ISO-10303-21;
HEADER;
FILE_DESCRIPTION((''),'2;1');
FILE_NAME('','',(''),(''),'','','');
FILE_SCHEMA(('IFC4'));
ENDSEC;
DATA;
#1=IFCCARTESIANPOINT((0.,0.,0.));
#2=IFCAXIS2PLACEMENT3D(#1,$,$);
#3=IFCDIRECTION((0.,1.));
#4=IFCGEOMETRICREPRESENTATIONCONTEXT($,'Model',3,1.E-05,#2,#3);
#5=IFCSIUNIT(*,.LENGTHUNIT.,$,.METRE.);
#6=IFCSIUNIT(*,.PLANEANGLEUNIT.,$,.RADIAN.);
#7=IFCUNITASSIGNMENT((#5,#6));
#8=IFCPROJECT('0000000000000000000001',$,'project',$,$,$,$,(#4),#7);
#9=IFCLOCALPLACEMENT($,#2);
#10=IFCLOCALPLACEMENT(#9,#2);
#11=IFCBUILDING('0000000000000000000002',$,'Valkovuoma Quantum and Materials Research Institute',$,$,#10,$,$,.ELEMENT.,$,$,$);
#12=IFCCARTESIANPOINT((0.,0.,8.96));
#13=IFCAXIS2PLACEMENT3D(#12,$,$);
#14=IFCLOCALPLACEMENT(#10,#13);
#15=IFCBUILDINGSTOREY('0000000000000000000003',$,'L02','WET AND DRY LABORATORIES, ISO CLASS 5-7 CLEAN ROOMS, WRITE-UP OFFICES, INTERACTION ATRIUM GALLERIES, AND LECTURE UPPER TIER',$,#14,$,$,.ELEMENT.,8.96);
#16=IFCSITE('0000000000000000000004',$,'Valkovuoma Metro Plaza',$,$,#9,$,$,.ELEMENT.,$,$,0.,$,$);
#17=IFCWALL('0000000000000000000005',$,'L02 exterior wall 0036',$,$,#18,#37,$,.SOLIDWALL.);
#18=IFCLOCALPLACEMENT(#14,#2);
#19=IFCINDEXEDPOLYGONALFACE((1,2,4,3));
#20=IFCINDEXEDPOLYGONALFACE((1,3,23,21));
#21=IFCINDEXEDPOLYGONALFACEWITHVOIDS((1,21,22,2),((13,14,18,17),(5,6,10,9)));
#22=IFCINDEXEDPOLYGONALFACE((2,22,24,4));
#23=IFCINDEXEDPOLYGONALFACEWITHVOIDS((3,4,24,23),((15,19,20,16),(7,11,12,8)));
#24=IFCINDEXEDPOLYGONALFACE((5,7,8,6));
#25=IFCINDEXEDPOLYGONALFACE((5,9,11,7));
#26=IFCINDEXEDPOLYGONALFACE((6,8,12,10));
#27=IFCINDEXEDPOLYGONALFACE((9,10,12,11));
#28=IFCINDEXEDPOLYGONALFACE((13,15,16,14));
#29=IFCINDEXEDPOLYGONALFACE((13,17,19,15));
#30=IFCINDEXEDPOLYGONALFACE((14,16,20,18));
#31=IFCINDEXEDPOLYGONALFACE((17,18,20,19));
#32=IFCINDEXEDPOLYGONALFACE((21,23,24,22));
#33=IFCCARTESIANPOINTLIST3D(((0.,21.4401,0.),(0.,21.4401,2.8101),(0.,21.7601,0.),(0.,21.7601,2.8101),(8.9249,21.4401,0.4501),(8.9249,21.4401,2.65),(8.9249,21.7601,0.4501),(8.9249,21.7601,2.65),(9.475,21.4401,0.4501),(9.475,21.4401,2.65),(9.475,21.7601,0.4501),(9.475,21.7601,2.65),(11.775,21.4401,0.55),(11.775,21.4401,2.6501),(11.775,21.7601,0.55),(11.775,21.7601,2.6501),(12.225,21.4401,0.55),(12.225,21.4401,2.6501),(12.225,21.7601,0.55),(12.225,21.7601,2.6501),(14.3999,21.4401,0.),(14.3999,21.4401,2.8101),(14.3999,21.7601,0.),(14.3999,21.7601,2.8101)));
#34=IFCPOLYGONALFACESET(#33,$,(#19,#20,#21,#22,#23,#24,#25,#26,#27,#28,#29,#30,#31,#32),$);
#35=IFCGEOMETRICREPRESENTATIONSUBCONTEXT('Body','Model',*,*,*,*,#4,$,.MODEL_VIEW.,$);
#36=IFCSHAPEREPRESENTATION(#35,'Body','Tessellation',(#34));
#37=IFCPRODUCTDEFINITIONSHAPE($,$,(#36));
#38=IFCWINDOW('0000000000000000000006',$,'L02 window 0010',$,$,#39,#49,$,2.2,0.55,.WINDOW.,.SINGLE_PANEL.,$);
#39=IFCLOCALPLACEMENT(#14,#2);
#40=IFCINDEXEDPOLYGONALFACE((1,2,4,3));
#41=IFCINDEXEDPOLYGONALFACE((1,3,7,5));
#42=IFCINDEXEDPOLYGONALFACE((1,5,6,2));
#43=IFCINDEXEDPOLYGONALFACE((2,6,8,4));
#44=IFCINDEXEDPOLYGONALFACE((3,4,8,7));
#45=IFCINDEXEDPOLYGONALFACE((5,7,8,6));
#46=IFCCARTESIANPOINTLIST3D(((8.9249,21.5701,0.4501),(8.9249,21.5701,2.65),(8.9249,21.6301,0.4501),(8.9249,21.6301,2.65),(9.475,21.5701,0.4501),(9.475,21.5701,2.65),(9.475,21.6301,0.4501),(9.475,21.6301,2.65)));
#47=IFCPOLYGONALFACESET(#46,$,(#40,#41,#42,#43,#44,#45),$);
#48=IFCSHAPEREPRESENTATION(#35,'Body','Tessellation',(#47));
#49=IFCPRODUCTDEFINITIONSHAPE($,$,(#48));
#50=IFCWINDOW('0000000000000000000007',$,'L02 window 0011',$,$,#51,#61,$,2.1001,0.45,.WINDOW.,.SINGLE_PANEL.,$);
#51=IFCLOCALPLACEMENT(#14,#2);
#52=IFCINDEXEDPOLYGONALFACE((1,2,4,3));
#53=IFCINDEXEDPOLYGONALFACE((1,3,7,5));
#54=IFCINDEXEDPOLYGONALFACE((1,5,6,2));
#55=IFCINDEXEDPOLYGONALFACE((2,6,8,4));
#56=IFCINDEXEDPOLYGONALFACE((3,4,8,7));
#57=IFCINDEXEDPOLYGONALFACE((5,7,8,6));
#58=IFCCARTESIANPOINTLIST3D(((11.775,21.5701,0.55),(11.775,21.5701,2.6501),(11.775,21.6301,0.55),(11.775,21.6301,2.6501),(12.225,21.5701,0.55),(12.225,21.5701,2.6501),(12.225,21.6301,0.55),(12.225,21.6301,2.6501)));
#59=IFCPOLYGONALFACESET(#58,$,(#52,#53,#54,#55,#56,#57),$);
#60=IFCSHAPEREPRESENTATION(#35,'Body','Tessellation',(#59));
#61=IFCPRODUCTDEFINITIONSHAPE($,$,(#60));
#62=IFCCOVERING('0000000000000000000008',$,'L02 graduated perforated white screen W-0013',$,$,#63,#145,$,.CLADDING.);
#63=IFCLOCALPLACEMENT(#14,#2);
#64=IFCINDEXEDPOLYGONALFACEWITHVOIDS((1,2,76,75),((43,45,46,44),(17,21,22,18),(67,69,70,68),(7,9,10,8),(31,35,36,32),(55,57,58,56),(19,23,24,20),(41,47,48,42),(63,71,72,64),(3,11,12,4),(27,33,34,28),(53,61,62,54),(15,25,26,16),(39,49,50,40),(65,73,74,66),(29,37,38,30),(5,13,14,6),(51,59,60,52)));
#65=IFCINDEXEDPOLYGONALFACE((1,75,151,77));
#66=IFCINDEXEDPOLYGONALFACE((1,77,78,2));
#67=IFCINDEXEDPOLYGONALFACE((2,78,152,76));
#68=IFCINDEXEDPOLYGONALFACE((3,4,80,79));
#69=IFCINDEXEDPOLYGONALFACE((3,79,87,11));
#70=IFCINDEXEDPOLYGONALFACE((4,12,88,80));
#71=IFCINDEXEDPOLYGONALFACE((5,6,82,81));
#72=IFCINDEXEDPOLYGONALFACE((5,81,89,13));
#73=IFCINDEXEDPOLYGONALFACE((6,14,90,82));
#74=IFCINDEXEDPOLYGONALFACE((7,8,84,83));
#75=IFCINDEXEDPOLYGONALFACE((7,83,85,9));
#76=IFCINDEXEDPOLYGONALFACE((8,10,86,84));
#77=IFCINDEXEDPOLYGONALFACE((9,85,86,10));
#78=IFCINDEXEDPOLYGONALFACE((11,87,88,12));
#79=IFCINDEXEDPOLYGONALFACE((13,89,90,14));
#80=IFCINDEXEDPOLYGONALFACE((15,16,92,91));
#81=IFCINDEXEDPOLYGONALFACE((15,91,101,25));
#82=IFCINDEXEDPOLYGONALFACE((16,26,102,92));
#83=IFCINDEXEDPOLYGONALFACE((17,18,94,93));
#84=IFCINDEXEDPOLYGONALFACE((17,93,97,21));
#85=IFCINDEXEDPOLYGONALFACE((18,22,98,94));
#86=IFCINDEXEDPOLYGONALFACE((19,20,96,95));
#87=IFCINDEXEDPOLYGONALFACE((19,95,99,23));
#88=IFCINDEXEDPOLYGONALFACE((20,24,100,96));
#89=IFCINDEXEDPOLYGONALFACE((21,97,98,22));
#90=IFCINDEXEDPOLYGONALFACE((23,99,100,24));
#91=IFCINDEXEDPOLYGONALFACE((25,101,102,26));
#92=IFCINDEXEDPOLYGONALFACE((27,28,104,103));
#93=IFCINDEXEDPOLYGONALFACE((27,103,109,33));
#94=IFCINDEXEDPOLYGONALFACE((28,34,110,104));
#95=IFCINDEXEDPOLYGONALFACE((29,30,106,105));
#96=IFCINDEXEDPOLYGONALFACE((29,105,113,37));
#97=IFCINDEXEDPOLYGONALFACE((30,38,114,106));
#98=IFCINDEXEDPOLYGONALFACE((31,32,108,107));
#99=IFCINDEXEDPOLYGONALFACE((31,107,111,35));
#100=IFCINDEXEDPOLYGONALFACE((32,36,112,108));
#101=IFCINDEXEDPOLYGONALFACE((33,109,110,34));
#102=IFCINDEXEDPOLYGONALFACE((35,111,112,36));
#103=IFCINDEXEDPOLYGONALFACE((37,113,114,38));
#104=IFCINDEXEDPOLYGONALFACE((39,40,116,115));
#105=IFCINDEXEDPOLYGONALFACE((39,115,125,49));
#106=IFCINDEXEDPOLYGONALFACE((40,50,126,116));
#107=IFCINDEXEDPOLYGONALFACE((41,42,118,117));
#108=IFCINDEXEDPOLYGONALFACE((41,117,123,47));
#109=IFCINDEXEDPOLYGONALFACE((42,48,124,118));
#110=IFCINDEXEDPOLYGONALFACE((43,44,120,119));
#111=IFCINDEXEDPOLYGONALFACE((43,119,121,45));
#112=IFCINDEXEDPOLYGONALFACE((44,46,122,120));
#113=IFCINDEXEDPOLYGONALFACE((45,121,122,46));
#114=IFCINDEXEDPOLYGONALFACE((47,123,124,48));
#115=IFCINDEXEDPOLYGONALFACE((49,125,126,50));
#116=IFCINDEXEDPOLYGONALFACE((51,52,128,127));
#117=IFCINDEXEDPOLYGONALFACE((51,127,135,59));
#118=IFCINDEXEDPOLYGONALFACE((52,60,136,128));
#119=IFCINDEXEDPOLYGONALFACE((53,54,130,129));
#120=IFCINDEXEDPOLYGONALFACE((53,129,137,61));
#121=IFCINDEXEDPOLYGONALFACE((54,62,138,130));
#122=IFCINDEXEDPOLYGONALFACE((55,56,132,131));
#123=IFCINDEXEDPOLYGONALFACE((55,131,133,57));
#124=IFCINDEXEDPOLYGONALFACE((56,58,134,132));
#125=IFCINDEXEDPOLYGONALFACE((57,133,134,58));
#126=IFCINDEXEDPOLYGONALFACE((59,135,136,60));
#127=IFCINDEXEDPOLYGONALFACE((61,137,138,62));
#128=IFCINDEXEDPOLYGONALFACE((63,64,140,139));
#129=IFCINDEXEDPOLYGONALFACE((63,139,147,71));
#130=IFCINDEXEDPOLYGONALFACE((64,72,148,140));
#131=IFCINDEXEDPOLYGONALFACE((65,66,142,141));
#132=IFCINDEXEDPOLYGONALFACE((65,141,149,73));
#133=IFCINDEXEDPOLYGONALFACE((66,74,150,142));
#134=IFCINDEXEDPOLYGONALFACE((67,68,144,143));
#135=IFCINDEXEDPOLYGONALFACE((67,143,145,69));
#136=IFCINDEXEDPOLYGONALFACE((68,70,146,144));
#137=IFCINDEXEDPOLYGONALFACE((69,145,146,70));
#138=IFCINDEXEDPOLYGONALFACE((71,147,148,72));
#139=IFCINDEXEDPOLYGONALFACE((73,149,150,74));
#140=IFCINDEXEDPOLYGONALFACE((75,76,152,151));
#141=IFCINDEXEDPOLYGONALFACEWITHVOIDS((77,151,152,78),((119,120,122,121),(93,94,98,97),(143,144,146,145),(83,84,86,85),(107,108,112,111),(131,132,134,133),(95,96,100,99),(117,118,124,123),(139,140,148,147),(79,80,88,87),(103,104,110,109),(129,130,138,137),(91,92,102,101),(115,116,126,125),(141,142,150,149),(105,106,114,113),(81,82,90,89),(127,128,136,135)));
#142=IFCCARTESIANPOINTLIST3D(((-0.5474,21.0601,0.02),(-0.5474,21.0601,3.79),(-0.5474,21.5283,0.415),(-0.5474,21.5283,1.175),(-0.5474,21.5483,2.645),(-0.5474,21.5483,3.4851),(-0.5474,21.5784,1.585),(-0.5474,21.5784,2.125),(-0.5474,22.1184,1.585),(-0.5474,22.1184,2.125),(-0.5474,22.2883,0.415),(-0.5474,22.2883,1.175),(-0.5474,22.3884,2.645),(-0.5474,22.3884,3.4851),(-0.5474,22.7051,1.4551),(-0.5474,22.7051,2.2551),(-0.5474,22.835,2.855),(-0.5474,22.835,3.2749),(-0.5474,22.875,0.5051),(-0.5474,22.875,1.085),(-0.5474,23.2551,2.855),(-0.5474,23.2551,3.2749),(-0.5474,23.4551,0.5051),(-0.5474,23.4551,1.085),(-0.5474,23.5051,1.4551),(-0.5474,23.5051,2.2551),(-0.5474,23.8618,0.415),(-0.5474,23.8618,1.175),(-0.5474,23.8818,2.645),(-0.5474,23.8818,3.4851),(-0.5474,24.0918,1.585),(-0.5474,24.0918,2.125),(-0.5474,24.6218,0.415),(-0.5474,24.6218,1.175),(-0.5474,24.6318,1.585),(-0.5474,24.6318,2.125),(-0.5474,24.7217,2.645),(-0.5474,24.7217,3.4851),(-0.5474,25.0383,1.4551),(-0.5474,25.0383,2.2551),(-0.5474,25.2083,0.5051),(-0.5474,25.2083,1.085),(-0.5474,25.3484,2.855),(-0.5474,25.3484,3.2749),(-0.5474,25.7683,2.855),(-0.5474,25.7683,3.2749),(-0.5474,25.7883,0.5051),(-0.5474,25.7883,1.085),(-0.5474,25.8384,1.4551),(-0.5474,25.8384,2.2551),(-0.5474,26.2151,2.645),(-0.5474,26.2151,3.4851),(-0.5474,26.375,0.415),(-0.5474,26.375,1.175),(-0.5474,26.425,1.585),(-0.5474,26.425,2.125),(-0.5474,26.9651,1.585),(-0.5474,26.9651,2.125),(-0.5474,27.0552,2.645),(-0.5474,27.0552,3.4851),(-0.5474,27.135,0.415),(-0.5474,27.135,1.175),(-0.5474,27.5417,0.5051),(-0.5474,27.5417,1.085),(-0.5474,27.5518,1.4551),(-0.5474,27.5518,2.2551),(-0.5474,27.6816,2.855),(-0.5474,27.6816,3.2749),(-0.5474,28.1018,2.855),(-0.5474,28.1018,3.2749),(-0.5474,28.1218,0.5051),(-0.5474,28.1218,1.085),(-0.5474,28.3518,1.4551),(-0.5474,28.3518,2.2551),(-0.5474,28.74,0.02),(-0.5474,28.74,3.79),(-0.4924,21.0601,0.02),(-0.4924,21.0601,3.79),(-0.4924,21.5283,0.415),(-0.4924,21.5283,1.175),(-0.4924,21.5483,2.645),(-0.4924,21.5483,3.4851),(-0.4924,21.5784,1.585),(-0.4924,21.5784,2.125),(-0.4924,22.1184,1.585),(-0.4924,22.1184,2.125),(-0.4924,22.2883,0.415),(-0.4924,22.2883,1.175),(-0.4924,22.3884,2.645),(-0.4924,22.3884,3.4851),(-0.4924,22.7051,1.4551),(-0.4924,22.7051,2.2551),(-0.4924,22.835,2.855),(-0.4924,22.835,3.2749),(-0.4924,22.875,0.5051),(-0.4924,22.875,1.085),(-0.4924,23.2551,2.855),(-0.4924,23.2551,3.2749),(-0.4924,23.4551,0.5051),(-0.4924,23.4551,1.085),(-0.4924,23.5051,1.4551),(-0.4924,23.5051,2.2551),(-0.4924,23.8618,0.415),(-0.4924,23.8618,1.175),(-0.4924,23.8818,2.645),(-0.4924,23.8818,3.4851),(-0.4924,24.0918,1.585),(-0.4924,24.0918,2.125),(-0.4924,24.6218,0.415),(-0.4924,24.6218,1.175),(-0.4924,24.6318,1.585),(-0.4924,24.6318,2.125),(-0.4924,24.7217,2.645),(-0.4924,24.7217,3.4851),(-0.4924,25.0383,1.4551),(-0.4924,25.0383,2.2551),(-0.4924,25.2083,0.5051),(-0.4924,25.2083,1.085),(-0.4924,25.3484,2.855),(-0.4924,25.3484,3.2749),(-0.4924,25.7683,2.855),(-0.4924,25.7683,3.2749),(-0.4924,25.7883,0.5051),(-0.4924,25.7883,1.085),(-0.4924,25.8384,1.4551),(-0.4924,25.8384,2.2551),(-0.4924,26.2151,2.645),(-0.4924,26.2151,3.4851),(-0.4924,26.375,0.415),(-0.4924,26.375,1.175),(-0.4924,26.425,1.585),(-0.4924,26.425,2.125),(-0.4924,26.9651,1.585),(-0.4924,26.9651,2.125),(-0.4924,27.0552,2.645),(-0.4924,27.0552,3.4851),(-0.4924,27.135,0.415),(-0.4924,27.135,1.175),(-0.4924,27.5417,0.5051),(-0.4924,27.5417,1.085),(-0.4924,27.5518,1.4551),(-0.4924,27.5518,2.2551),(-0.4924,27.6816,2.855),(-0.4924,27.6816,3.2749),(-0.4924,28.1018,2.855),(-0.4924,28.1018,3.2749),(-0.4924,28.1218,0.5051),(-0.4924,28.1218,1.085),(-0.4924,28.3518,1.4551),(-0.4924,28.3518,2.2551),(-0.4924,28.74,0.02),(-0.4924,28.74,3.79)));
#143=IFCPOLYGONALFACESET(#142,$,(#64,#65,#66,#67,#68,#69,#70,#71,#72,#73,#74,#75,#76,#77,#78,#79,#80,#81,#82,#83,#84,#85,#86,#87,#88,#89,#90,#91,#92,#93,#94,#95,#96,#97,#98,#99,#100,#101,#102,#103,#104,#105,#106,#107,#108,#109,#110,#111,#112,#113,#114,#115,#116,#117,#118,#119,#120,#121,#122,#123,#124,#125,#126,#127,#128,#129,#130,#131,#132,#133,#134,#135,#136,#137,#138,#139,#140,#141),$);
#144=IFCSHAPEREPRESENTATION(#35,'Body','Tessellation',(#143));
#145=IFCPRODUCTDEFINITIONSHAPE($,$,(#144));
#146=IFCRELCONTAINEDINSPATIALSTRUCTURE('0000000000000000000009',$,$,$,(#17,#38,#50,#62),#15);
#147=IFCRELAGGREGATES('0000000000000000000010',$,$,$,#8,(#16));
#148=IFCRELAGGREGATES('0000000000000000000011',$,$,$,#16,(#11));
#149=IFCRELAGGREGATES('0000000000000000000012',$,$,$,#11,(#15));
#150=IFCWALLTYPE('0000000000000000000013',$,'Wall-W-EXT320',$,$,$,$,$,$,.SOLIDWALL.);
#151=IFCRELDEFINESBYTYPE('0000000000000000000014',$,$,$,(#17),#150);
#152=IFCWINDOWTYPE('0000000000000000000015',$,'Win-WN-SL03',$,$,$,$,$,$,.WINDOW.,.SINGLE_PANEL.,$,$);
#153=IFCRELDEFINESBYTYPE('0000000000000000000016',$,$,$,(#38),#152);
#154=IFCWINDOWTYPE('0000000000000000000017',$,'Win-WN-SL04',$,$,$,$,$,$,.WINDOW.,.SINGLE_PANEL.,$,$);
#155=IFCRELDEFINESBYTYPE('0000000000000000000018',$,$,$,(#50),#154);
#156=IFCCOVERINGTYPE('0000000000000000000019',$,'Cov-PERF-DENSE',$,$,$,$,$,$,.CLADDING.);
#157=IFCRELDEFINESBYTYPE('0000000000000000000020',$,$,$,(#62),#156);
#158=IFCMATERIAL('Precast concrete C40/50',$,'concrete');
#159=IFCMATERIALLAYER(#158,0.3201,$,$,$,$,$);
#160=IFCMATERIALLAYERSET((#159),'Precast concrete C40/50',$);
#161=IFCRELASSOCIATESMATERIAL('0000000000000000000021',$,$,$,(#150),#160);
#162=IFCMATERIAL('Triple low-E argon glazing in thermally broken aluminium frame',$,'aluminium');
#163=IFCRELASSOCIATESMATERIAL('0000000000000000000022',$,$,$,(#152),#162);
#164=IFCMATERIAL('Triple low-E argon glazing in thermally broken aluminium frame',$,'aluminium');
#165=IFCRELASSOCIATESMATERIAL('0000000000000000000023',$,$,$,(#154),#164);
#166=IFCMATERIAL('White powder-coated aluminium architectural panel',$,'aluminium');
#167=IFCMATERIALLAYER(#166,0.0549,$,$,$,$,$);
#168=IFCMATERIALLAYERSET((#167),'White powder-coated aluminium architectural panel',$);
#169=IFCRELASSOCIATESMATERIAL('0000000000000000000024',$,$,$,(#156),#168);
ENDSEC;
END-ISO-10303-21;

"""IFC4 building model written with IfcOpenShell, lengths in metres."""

from ifc_helpers import new_model, si_unit, direction, frame, frame_2d, origin, place, context, subcontext, project, spatial, polyline, rectangle, outline, extrude, material, layer, layer_set, type_object, element, fill, save


model = new_model("IFC4")

# Units and contexts
model_context = context("Model", 3, precision=1e-05, world=origin(), true_north=direction((0.0, 1.0)))
body_context = subcontext(model_context, "Body", "Model", "MODEL_VIEW")
ifc_project = project(units=[si_unit("LENGTHUNIT", "METRE"), si_unit("PLANEANGLEUNIT", "RADIAN")], contexts=[model_context])

# Site, building, storey
site_placement = place(None, origin())
site = spatial("IfcSite", under=ifc_project, at=site_placement, Name="Valkovuoma Metro Plaza", CompositionType="ELEMENT", RefElevation=0.0)
building_placement = place(site_placement, origin())
building = spatial("IfcBuilding", under=site, at=building_placement, Name="Valkovuoma Quantum and Materials Research Institute", CompositionType="ELEMENT")
storey_placement = place(building_placement, frame((0.0, 0.0, 8.96)))
storey = spatial("IfcBuildingStorey", under=building, at=storey_placement, Name="L02", Description="WET AND DRY LABORATORIES, ISO CLASS 5-7 CLEAN ROOMS, WRITE-UP OFFICES, INTERACTION ATRIUM GALLERIES, AND LECTURE UPPER TIER", CompositionType="ELEMENT", Elevation=8.96)

# Wall, openings, windows
ifc_material_1 = material(Name="Precast concrete C40/50", Category="concrete")
ifc_layer_1 = layer(ifc_material_1, 0.3201)
ifc_layer_set_1 = layer_set([ifc_layer_1], Name="Precast concrete C40/50")
wall_type = type_object("IfcWallType", Name="Wall-W-EXT320", PredefinedType="SOLIDWALL", material=ifc_layer_set_1)
wall_placement = place(storey_placement, frame((0.0, 21.6001, 0.0), z_axis=(0.0, 0.0, 1.0), x_axis=(1.0, 0.0, 0.0)))
wall = element("IfcWall", 1, at=wall_placement, inside=storey, type_object=wall_type, Name="L02 exterior wall 0036", PredefinedType="SOLIDWALL", context=body_context, shape_type="SweptSolid", body=[
    extrude(rectangle(XDim=14.3999, YDim=0.3201, at=frame_2d((7.2, 0.0))), origin(), (0.0, 0.0, 1.0), 2.8101),
])
opening_1_placement = place(wall_placement, frame((8.925, 0.0, 0.45)))
opening_1 = element("IfcOpeningElement", 2, at=opening_1_placement, cuts=wall, PredefinedType="OPENING", context=body_context, shape_type="SweptSolid", body=[
    extrude(rectangle(XDim=0.55, YDim=2.2, at=frame_2d((0.2749, 1.1001))), frame((0.0, 0.1699, 0.0), z_axis=(0.0, -1.0, 0.0), x_axis=(1.0, 0.0, 0.0)), (0.0, 0.0, 1.0), 0.3401),
])
opening_2_placement = place(wall_placement, frame((11.7749, 0.0, 0.55)))
opening_2 = element("IfcOpeningElement", 3, at=opening_2_placement, cuts=wall, PredefinedType="OPENING", context=body_context, shape_type="SweptSolid", body=[
    extrude(rectangle(XDim=0.45, YDim=2.1001, at=frame_2d((0.2251, 1.05))), frame((0.0, 0.1699, 0.0), z_axis=(0.0, -1.0, 0.0), x_axis=(1.0, 0.0, 0.0)), (0.0, 0.0, 1.0), 0.3401),
])
ifc_material_2 = material(Name="Triple low-E argon glazing in thermally broken aluminium frame", Category="aluminium")
window_type_1 = type_object("IfcWindowType", Name="Win-WN-SL03", PartitioningType="SINGLE_PANEL", PredefinedType="WINDOW", material=ifc_material_2)
window_1_placement = place(opening_1_placement, origin())
window_1 = element("IfcWindow", 4, at=window_1_placement, inside=storey, type_object=window_type_1, Name="L02 window 0010", OverallHeight=2.2, OverallWidth=0.55, PartitioningType="SINGLE_PANEL", PredefinedType="WINDOW", context=body_context, shape_type="SweptSolid", body=[
    extrude(rectangle(XDim=0.55, YDim=2.2, at=frame_2d((0.2749, 1.1001))), frame((0.0, 0.03, 0.0), z_axis=(0.0, -1.0, 0.0), x_axis=(1.0, 0.0, 0.0)), (0.0, 0.0, 1.0), 0.0601),
])
fill(opening_1, window_1)
ifc_material_3 = material(Name="Triple low-E argon glazing in thermally broken aluminium frame", Category="aluminium")
window_type_2 = type_object("IfcWindowType", Name="Win-WN-SL04", PartitioningType="SINGLE_PANEL", PredefinedType="WINDOW", material=ifc_material_3)
window_2_placement = place(opening_2_placement, origin())
window_2 = element("IfcWindow", 5, at=window_2_placement, inside=storey, type_object=window_type_2, Name="L02 window 0011", OverallHeight=2.1001, OverallWidth=0.45, PartitioningType="SINGLE_PANEL", PredefinedType="WINDOW", context=body_context, shape_type="SweptSolid", body=[
    extrude(rectangle(XDim=0.45, YDim=2.1001, at=frame_2d((0.2251, 1.05))), frame((0.0, 0.03, 0.0), z_axis=(0.0, -1.0, 0.0), x_axis=(1.0, 0.0, 0.0)), (0.0, 0.0, 1.0), 0.0601),
])
fill(opening_2, window_2)

# Covering
ifc_material_4 = material(Name="White powder-coated aluminium architectural panel", Category="aluminium")
ifc_layer_2 = layer(ifc_material_4, 0.0549)
ifc_layer_set_2 = layer_set([ifc_layer_2], Name="White powder-coated aluminium architectural panel")
covering_type_1 = type_object("IfcCoveringType", Name="Cov-PERF-DENSE", PredefinedType="CLADDING", material=ifc_layer_set_2)
covering_1_placement = place(storey_placement, frame((-0.52, 21.0601, 0.02), z_axis=(0.0, 0.0, 1.0), x_axis=(0.0, 1.0, 0.0)))
element("IfcCovering", 6, at=covering_1_placement, inside=storey, type_object=covering_type_1, Name="L02 graduated perforated white screen W-0013", PredefinedType="CLADDING", context=body_context, shape_type="SweptSolid", body=[
    extrude(outline(polyline([(0.0, 0.0), (7.6799, 0.0), (7.6799, 3.77), (0.0, 3.77), (0.0, 0.0)]), holes=[polyline([(0.4683, 0.395), (0.4683, 1.155), (1.2283, 1.155), (1.2283, 0.395), (0.4683, 0.395)]), polyline([(0.5183, 1.5649), (0.5183, 2.105), (1.0583, 2.105), (1.0583, 1.5649), (0.5183, 1.5649)]), polyline([(0.4883, 2.625), (0.4883, 3.4651), (1.3284, 3.4651), (1.3284, 2.625), (0.4883, 2.625)]), polyline([(1.8149, 0.4851), (1.8149, 1.0649), (2.395, 1.0649), (2.395, 0.4851), (1.8149, 0.4851)]), polyline([(1.645, 1.4351), (1.645, 2.2351), (2.4451, 2.2351), (2.4451, 1.4351), (1.645, 1.4351)]), polyline([(1.7749, 2.835), (1.7749, 3.2549), (2.1951, 3.2549), (2.1951, 2.835), (1.7749, 2.835)]), polyline([(2.8018, 0.395), (2.8018, 1.155), (3.5618, 1.155), (3.5618, 0.395), (2.8018, 0.395)]), polyline([(3.0317, 1.5649), (3.0317, 2.105), (3.5718, 2.105), (3.5718, 1.5649), (3.0317, 1.5649)]), polyline([(2.8218, 2.625), (2.8218, 3.4651), (3.6616, 3.4651), (3.6616, 2.625), (2.8218, 2.625)]), polyline([(4.1482, 0.4851), (4.1482, 1.0649), (4.7283, 1.0649), (4.7283, 0.4851), (4.1482, 0.4851)]), polyline([(3.9783, 1.4351), (3.9783, 2.2351), (4.7783, 2.2351), (4.7783, 1.4351), (3.9783, 1.4351)]), polyline([(4.2883, 2.835), (4.2883, 3.2549), (4.7083, 3.2549), (4.7083, 2.835), (4.2883, 2.835)]), polyline([(5.3149, 0.395), (5.3149, 1.155), (6.075, 1.155), (6.075, 0.395), (5.3149, 0.395)]), polyline([(5.365, 1.5649), (5.365, 2.105), (5.905, 2.105), (5.905, 1.5649), (5.365, 1.5649)]), polyline([(5.155, 2.625), (5.155, 3.4651), (5.9951, 3.4651), (5.9951, 2.625), (5.155, 2.625)]), polyline([(6.4817, 0.4851), (6.4817, 1.0649), (7.0618, 1.0649), (7.0618, 0.4851), (6.4817, 0.4851)]), polyline([(6.4917, 1.4351), (6.4917, 2.2351), (7.2917, 2.2351), (7.2917, 1.4351), (6.4917, 1.4351)]), polyline([(6.6216, 2.835), (6.6216, 3.2549), (7.0417, 3.2549), (7.0417, 2.835), (6.6216, 2.835)])]), frame((0.0, 0.0273, 0.0), z_axis=(0.0, -1.0, 0.0), x_axis=(1.0, 0.0, 0.0)), (0.0, 0.0, 1.0), 0.0549),
])

save(model, "model.ifc")
